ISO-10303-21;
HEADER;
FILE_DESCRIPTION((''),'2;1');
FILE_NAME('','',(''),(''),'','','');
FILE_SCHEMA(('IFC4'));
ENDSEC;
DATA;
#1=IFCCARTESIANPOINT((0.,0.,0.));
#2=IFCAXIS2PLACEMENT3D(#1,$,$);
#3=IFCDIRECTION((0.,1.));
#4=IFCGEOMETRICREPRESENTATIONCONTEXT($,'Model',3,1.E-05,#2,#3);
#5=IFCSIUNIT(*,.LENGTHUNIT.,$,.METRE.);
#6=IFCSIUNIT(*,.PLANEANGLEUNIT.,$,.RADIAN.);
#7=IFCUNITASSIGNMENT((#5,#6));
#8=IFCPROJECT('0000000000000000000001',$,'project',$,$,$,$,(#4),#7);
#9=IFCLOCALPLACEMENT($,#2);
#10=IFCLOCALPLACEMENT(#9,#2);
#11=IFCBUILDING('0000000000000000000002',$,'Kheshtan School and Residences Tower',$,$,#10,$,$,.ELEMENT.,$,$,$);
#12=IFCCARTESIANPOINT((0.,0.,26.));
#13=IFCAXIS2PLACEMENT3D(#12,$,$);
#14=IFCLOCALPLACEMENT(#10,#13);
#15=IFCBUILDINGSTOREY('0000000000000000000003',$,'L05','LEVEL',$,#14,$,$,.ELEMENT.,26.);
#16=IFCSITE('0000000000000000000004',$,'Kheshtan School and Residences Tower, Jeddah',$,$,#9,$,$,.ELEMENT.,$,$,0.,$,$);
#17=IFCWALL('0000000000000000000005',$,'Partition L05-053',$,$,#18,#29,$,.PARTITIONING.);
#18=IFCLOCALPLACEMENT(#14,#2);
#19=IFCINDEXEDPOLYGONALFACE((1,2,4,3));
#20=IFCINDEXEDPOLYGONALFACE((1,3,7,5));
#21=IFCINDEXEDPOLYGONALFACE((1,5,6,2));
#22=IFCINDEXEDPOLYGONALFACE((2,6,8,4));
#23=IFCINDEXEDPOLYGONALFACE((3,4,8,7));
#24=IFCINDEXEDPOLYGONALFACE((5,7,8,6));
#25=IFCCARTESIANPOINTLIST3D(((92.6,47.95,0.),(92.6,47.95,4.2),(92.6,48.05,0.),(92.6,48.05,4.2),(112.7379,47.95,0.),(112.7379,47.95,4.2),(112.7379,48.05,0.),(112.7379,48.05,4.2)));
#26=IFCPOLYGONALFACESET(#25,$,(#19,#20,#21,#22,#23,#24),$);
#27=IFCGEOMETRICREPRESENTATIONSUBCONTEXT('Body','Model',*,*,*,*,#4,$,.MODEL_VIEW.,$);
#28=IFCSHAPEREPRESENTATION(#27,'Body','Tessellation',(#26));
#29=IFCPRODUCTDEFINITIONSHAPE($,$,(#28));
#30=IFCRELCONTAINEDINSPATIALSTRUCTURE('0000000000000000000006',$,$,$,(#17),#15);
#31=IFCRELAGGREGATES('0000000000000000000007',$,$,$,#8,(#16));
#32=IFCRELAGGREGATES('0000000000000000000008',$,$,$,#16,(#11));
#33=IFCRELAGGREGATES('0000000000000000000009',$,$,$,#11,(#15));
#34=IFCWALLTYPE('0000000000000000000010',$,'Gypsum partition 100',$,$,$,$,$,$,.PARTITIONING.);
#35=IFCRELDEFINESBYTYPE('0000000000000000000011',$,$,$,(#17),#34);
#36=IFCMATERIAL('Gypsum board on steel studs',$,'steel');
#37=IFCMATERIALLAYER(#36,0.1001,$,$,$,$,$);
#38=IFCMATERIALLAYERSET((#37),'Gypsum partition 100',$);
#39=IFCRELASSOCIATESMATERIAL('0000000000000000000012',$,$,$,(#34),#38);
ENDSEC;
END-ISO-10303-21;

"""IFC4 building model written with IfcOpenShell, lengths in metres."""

from ifc_helpers import new_model, si_unit, direction, frame, frame_2d, origin, place, context, subcontext, project, spatial, rectangle, extrude, material, layer, layer_set, type_object, element, save


model = new_model("IFC4")

# Units and contexts
model_context = context("Model", 3, precision=1e-05, world=origin(), true_north=direction((0.0, 1.0)))
body_context = subcontext(model_context, "Body", "Model", "MODEL_VIEW")
ifc_project = project(units=[si_unit("LENGTHUNIT", "METRE"), si_unit("PLANEANGLEUNIT", "RADIAN")], contexts=[model_context])

# Site, building, storey
site_placement = place(None, origin())
site = spatial("IfcSite", under=ifc_project, at=site_placement, Name="Kheshtan School and Residences Tower, Jeddah", CompositionType="ELEMENT", RefElevation=0.0)
building_placement = place(site_placement, origin())
building = spatial("IfcBuilding", under=site, at=building_placement, Name="Kheshtan School and Residences Tower", CompositionType="ELEMENT")
storey_placement = place(building_placement, frame((0.0, 0.0, 26.0)))
storey = spatial("IfcBuildingStorey", under=building, at=storey_placement, Name="L05", Description="LEVEL", CompositionType="ELEMENT", Elevation=26.0)

# Wall
ifc_material_1 = material(Name="Gypsum board on steel studs", Category="steel")
ifc_layer_1 = layer(ifc_material_1, 0.1001)
ifc_layer_set_1 = layer_set([ifc_layer_1], Name="Gypsum partition 100")
wall_type_1 = type_object("IfcWallType", Name="Gypsum partition 100", PredefinedType="PARTITIONING", material=ifc_layer_set_1)
wall_1_placement = place(storey_placement, frame((92.6001, 48.0, 0.0), z_axis=(0.0, 0.0, 1.0), x_axis=(1.0, 0.0, 0.0)))
element("IfcWall", 1, at=wall_1_placement, inside=storey, type_object=wall_type_1, Name="Partition L05-053", PredefinedType="PARTITIONING", context=body_context, shape_type="SweptSolid", body=[
    extrude(rectangle(XDim=20.1379, YDim=0.1001, at=frame_2d((10.0688, 0.0))), origin(), (0.0, 0.0, 1.0), 4.2),
])

save(model, "model.ifc")
